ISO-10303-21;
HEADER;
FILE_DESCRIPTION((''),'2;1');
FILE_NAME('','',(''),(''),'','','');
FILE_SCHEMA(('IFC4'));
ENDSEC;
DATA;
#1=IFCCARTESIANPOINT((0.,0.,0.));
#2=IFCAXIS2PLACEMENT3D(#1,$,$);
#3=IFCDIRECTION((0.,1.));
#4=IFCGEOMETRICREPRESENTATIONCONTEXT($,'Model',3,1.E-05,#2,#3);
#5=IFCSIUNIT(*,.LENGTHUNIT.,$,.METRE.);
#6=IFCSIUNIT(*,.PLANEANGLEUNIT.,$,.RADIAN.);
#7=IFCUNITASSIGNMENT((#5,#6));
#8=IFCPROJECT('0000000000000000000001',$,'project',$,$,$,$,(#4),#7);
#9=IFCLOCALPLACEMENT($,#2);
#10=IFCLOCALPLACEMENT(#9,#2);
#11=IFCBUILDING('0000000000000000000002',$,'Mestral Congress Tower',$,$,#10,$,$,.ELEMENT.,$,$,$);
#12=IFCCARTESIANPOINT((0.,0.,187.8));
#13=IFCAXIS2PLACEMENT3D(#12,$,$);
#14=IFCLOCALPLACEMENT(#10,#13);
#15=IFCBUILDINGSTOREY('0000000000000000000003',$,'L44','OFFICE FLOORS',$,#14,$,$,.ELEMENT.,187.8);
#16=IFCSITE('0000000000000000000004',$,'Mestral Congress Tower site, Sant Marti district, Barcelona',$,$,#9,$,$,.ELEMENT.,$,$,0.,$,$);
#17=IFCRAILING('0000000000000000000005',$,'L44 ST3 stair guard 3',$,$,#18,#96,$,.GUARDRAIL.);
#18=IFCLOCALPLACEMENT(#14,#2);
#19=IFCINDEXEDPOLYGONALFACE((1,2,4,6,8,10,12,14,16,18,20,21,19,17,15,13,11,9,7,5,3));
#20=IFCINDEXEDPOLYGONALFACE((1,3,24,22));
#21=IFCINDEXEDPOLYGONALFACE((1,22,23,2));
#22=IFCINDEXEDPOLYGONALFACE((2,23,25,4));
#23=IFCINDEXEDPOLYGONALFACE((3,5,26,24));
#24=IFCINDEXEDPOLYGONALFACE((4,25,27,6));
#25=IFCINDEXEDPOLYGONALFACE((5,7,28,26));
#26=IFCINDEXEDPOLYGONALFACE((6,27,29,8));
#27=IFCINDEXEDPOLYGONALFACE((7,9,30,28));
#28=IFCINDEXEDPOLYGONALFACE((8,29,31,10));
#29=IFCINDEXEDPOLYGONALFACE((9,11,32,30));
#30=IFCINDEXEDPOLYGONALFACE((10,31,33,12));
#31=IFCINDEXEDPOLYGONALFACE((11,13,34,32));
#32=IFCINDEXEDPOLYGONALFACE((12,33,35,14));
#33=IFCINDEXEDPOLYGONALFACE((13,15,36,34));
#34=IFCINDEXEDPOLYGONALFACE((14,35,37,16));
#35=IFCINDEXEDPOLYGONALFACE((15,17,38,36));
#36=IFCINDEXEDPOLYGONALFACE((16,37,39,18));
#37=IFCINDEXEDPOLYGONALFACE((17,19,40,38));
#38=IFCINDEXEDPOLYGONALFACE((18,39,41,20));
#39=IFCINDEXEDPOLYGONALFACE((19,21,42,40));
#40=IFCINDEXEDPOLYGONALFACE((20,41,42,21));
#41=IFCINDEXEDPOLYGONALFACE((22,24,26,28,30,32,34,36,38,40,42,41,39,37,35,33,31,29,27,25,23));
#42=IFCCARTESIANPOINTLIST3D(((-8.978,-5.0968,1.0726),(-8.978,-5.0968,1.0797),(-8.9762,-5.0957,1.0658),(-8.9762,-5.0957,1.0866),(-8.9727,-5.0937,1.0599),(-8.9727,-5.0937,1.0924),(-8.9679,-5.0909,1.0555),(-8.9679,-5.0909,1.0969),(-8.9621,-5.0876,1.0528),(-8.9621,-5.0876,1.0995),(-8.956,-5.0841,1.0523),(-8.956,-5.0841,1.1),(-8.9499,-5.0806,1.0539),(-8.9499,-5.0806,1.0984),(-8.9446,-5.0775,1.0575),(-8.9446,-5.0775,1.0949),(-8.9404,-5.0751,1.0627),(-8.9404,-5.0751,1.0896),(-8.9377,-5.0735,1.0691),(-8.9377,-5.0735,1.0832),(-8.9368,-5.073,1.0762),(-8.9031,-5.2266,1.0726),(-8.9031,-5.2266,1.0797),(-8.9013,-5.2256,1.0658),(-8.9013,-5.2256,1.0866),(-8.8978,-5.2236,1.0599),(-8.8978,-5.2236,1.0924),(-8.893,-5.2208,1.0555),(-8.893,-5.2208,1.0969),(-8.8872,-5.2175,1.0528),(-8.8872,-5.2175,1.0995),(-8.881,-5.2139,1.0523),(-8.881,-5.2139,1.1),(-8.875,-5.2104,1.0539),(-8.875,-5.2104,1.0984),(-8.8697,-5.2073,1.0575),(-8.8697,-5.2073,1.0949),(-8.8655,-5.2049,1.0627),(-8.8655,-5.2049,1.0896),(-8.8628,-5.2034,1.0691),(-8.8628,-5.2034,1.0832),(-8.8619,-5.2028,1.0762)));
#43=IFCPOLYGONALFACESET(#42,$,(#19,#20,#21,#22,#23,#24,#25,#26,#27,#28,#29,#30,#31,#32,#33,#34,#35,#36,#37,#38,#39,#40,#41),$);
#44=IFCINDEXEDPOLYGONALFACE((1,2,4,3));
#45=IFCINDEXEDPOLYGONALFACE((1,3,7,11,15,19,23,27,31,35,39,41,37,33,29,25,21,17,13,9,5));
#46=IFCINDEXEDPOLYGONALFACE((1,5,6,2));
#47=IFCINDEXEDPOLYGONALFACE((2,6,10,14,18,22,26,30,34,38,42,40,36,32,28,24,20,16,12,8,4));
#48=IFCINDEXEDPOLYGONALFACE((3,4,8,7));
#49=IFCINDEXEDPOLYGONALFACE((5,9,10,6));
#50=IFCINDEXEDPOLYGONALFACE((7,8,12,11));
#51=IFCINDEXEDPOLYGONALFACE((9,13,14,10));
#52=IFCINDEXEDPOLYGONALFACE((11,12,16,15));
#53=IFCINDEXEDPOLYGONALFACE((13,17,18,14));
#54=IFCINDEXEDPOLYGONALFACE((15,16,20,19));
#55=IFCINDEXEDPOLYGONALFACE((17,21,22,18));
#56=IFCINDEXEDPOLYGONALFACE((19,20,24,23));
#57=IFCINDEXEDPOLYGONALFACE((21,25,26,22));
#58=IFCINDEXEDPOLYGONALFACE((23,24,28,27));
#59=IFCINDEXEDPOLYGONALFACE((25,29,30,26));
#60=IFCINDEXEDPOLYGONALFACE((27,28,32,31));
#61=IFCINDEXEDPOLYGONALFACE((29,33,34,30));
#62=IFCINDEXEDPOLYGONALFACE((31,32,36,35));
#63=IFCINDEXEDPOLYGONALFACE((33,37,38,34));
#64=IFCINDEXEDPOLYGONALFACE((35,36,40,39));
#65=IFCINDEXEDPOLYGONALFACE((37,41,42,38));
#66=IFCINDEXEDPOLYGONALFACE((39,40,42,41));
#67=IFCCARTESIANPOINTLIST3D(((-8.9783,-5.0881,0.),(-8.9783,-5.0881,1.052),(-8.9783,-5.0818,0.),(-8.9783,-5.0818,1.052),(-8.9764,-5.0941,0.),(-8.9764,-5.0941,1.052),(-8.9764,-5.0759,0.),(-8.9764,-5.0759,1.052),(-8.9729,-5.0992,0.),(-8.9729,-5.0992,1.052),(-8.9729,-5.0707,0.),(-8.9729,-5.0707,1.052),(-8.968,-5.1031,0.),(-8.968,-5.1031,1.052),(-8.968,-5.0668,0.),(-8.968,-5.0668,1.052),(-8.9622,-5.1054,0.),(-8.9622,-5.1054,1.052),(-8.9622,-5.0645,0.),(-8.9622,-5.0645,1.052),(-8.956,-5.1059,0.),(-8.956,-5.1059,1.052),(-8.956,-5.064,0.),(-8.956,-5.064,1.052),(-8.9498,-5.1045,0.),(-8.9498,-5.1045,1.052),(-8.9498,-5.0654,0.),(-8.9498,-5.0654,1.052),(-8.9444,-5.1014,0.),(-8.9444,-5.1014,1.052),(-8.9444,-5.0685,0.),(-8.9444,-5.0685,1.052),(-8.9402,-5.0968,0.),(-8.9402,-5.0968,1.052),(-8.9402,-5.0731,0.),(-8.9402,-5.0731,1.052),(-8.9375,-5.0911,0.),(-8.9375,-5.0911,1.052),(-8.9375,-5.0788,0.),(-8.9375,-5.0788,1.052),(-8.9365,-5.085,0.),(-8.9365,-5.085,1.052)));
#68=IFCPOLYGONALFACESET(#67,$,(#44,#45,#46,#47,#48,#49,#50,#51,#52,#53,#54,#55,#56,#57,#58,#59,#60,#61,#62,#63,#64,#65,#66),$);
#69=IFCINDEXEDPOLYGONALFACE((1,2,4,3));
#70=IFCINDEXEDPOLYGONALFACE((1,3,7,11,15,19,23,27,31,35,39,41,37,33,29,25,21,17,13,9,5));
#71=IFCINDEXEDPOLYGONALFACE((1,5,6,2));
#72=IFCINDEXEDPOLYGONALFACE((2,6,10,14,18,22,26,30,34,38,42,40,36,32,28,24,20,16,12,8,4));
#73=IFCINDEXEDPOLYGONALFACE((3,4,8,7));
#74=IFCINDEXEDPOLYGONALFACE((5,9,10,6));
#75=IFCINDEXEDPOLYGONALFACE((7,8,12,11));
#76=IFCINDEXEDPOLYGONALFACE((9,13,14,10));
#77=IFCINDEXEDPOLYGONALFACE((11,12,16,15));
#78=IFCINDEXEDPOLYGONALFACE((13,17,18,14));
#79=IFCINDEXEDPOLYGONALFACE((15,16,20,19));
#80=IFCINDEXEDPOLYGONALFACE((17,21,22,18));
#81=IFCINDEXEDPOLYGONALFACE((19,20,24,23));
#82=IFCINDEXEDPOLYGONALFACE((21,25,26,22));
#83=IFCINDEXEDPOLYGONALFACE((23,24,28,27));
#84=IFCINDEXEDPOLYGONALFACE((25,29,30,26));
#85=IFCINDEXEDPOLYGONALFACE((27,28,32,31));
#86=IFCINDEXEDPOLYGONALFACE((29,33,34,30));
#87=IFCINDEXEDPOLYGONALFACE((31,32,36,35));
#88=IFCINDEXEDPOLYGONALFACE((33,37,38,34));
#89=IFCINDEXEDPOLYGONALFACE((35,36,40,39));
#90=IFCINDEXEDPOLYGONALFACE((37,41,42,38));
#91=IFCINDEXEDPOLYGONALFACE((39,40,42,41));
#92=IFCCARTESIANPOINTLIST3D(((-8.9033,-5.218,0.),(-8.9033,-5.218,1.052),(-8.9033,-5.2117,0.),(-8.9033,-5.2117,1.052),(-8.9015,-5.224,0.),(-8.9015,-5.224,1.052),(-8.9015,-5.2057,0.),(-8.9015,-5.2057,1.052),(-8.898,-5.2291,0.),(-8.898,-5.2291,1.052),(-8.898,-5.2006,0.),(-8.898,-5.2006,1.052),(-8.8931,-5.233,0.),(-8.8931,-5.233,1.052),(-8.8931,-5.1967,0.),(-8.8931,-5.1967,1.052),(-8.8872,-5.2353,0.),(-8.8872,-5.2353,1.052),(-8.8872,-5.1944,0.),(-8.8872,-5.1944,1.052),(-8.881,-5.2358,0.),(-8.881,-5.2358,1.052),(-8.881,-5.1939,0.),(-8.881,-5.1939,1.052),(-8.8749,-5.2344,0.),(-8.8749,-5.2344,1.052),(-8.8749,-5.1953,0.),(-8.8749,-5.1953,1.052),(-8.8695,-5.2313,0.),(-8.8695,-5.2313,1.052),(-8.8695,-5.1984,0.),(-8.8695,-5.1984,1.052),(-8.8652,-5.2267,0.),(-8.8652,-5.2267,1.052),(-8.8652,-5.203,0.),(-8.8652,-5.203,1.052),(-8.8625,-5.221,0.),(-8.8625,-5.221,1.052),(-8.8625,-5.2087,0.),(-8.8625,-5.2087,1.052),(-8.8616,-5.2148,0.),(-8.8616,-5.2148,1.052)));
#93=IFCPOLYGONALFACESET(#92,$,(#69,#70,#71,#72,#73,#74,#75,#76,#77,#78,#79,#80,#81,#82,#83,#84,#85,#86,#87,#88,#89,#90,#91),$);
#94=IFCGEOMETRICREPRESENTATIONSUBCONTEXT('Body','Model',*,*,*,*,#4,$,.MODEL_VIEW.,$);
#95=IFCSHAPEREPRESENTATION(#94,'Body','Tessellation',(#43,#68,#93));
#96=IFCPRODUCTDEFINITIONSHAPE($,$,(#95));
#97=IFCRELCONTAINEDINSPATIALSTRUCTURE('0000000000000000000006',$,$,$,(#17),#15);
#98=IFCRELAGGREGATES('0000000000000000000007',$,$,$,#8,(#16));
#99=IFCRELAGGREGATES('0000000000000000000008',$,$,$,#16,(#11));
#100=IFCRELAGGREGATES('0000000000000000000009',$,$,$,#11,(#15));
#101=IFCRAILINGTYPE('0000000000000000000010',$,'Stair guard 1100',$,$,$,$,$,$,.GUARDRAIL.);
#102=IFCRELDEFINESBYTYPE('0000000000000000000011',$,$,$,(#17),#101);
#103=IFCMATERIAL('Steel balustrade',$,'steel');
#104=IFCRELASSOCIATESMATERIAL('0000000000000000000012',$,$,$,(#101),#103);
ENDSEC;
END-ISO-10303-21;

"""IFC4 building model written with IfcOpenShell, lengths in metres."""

from ifc_helpers import new_model, si_unit, direction, frame, origin, origin_2d, place, context, subcontext, project, spatial, circle, extrude, material, type_object, element, save


model = new_model("IFC4")

# Units and contexts
model_context = context("Model", 3, precision=1e-05, world=origin(), true_north=direction((0.0, 1.0)))
body_context = subcontext(model_context, "Body", "Model", "MODEL_VIEW")
ifc_project = project(units=[si_unit("LENGTHUNIT", "METRE"), si_unit("PLANEANGLEUNIT", "RADIAN")], contexts=[model_context])

# Site, building, storey
site_placement = place(None, origin())
site = spatial("IfcSite", under=ifc_project, at=site_placement, Name="Mestral Congress Tower site, Sant Marti district, Barcelona", CompositionType="ELEMENT", RefElevation=0.0)
building_placement = place(site_placement, origin())
building = spatial("IfcBuilding", under=site, at=building_placement, Name="Mestral Congress Tower", CompositionType="ELEMENT")
storey_placement = place(building_placement, frame((0.0, 0.0, 187.8)))
storey = spatial("IfcBuildingStorey", under=building, at=storey_placement, Name="L44", Description="OFFICE FLOORS", CompositionType="ELEMENT", Elevation=187.8)

# Railing
ifc_material_1 = material(Name="Steel balustrade", Category="steel")
railing_type_1 = type_object("IfcRailingType", Name="Stair guard 1100", PredefinedType="GUARDRAIL", material=ifc_material_1)
railing_1_placement = place(storey_placement, frame((-8.9575, -5.085, 0.0)))
element("IfcRailing", 1, at=railing_1_placement, inside=storey, type_object=railing_type_1, Name="L44 ST3 stair guard 3", PredefinedType="GUARDRAIL", context=body_context, shape_type="SweptSolid", body=[
    extrude(circle(Radius=0.0239, at=origin_2d()), frame((0.0, 0.0, 1.0762), z_axis=(0.499816, -0.866131, 0.0), x_axis=(0.866131, 0.499816, 0.0)), (0.0, 0.0, 1.0), 0.1499),
    extrude(circle(Radius=0.021, at=origin_2d()), origin(), (0.0, 0.0, 1.0), 1.052),
    extrude(circle(Radius=0.021, at=origin_2d()), frame((0.075, -0.1299, 0.0)), (0.0, 0.0, 1.0), 1.052),
])

save(model, "model.ifc")
